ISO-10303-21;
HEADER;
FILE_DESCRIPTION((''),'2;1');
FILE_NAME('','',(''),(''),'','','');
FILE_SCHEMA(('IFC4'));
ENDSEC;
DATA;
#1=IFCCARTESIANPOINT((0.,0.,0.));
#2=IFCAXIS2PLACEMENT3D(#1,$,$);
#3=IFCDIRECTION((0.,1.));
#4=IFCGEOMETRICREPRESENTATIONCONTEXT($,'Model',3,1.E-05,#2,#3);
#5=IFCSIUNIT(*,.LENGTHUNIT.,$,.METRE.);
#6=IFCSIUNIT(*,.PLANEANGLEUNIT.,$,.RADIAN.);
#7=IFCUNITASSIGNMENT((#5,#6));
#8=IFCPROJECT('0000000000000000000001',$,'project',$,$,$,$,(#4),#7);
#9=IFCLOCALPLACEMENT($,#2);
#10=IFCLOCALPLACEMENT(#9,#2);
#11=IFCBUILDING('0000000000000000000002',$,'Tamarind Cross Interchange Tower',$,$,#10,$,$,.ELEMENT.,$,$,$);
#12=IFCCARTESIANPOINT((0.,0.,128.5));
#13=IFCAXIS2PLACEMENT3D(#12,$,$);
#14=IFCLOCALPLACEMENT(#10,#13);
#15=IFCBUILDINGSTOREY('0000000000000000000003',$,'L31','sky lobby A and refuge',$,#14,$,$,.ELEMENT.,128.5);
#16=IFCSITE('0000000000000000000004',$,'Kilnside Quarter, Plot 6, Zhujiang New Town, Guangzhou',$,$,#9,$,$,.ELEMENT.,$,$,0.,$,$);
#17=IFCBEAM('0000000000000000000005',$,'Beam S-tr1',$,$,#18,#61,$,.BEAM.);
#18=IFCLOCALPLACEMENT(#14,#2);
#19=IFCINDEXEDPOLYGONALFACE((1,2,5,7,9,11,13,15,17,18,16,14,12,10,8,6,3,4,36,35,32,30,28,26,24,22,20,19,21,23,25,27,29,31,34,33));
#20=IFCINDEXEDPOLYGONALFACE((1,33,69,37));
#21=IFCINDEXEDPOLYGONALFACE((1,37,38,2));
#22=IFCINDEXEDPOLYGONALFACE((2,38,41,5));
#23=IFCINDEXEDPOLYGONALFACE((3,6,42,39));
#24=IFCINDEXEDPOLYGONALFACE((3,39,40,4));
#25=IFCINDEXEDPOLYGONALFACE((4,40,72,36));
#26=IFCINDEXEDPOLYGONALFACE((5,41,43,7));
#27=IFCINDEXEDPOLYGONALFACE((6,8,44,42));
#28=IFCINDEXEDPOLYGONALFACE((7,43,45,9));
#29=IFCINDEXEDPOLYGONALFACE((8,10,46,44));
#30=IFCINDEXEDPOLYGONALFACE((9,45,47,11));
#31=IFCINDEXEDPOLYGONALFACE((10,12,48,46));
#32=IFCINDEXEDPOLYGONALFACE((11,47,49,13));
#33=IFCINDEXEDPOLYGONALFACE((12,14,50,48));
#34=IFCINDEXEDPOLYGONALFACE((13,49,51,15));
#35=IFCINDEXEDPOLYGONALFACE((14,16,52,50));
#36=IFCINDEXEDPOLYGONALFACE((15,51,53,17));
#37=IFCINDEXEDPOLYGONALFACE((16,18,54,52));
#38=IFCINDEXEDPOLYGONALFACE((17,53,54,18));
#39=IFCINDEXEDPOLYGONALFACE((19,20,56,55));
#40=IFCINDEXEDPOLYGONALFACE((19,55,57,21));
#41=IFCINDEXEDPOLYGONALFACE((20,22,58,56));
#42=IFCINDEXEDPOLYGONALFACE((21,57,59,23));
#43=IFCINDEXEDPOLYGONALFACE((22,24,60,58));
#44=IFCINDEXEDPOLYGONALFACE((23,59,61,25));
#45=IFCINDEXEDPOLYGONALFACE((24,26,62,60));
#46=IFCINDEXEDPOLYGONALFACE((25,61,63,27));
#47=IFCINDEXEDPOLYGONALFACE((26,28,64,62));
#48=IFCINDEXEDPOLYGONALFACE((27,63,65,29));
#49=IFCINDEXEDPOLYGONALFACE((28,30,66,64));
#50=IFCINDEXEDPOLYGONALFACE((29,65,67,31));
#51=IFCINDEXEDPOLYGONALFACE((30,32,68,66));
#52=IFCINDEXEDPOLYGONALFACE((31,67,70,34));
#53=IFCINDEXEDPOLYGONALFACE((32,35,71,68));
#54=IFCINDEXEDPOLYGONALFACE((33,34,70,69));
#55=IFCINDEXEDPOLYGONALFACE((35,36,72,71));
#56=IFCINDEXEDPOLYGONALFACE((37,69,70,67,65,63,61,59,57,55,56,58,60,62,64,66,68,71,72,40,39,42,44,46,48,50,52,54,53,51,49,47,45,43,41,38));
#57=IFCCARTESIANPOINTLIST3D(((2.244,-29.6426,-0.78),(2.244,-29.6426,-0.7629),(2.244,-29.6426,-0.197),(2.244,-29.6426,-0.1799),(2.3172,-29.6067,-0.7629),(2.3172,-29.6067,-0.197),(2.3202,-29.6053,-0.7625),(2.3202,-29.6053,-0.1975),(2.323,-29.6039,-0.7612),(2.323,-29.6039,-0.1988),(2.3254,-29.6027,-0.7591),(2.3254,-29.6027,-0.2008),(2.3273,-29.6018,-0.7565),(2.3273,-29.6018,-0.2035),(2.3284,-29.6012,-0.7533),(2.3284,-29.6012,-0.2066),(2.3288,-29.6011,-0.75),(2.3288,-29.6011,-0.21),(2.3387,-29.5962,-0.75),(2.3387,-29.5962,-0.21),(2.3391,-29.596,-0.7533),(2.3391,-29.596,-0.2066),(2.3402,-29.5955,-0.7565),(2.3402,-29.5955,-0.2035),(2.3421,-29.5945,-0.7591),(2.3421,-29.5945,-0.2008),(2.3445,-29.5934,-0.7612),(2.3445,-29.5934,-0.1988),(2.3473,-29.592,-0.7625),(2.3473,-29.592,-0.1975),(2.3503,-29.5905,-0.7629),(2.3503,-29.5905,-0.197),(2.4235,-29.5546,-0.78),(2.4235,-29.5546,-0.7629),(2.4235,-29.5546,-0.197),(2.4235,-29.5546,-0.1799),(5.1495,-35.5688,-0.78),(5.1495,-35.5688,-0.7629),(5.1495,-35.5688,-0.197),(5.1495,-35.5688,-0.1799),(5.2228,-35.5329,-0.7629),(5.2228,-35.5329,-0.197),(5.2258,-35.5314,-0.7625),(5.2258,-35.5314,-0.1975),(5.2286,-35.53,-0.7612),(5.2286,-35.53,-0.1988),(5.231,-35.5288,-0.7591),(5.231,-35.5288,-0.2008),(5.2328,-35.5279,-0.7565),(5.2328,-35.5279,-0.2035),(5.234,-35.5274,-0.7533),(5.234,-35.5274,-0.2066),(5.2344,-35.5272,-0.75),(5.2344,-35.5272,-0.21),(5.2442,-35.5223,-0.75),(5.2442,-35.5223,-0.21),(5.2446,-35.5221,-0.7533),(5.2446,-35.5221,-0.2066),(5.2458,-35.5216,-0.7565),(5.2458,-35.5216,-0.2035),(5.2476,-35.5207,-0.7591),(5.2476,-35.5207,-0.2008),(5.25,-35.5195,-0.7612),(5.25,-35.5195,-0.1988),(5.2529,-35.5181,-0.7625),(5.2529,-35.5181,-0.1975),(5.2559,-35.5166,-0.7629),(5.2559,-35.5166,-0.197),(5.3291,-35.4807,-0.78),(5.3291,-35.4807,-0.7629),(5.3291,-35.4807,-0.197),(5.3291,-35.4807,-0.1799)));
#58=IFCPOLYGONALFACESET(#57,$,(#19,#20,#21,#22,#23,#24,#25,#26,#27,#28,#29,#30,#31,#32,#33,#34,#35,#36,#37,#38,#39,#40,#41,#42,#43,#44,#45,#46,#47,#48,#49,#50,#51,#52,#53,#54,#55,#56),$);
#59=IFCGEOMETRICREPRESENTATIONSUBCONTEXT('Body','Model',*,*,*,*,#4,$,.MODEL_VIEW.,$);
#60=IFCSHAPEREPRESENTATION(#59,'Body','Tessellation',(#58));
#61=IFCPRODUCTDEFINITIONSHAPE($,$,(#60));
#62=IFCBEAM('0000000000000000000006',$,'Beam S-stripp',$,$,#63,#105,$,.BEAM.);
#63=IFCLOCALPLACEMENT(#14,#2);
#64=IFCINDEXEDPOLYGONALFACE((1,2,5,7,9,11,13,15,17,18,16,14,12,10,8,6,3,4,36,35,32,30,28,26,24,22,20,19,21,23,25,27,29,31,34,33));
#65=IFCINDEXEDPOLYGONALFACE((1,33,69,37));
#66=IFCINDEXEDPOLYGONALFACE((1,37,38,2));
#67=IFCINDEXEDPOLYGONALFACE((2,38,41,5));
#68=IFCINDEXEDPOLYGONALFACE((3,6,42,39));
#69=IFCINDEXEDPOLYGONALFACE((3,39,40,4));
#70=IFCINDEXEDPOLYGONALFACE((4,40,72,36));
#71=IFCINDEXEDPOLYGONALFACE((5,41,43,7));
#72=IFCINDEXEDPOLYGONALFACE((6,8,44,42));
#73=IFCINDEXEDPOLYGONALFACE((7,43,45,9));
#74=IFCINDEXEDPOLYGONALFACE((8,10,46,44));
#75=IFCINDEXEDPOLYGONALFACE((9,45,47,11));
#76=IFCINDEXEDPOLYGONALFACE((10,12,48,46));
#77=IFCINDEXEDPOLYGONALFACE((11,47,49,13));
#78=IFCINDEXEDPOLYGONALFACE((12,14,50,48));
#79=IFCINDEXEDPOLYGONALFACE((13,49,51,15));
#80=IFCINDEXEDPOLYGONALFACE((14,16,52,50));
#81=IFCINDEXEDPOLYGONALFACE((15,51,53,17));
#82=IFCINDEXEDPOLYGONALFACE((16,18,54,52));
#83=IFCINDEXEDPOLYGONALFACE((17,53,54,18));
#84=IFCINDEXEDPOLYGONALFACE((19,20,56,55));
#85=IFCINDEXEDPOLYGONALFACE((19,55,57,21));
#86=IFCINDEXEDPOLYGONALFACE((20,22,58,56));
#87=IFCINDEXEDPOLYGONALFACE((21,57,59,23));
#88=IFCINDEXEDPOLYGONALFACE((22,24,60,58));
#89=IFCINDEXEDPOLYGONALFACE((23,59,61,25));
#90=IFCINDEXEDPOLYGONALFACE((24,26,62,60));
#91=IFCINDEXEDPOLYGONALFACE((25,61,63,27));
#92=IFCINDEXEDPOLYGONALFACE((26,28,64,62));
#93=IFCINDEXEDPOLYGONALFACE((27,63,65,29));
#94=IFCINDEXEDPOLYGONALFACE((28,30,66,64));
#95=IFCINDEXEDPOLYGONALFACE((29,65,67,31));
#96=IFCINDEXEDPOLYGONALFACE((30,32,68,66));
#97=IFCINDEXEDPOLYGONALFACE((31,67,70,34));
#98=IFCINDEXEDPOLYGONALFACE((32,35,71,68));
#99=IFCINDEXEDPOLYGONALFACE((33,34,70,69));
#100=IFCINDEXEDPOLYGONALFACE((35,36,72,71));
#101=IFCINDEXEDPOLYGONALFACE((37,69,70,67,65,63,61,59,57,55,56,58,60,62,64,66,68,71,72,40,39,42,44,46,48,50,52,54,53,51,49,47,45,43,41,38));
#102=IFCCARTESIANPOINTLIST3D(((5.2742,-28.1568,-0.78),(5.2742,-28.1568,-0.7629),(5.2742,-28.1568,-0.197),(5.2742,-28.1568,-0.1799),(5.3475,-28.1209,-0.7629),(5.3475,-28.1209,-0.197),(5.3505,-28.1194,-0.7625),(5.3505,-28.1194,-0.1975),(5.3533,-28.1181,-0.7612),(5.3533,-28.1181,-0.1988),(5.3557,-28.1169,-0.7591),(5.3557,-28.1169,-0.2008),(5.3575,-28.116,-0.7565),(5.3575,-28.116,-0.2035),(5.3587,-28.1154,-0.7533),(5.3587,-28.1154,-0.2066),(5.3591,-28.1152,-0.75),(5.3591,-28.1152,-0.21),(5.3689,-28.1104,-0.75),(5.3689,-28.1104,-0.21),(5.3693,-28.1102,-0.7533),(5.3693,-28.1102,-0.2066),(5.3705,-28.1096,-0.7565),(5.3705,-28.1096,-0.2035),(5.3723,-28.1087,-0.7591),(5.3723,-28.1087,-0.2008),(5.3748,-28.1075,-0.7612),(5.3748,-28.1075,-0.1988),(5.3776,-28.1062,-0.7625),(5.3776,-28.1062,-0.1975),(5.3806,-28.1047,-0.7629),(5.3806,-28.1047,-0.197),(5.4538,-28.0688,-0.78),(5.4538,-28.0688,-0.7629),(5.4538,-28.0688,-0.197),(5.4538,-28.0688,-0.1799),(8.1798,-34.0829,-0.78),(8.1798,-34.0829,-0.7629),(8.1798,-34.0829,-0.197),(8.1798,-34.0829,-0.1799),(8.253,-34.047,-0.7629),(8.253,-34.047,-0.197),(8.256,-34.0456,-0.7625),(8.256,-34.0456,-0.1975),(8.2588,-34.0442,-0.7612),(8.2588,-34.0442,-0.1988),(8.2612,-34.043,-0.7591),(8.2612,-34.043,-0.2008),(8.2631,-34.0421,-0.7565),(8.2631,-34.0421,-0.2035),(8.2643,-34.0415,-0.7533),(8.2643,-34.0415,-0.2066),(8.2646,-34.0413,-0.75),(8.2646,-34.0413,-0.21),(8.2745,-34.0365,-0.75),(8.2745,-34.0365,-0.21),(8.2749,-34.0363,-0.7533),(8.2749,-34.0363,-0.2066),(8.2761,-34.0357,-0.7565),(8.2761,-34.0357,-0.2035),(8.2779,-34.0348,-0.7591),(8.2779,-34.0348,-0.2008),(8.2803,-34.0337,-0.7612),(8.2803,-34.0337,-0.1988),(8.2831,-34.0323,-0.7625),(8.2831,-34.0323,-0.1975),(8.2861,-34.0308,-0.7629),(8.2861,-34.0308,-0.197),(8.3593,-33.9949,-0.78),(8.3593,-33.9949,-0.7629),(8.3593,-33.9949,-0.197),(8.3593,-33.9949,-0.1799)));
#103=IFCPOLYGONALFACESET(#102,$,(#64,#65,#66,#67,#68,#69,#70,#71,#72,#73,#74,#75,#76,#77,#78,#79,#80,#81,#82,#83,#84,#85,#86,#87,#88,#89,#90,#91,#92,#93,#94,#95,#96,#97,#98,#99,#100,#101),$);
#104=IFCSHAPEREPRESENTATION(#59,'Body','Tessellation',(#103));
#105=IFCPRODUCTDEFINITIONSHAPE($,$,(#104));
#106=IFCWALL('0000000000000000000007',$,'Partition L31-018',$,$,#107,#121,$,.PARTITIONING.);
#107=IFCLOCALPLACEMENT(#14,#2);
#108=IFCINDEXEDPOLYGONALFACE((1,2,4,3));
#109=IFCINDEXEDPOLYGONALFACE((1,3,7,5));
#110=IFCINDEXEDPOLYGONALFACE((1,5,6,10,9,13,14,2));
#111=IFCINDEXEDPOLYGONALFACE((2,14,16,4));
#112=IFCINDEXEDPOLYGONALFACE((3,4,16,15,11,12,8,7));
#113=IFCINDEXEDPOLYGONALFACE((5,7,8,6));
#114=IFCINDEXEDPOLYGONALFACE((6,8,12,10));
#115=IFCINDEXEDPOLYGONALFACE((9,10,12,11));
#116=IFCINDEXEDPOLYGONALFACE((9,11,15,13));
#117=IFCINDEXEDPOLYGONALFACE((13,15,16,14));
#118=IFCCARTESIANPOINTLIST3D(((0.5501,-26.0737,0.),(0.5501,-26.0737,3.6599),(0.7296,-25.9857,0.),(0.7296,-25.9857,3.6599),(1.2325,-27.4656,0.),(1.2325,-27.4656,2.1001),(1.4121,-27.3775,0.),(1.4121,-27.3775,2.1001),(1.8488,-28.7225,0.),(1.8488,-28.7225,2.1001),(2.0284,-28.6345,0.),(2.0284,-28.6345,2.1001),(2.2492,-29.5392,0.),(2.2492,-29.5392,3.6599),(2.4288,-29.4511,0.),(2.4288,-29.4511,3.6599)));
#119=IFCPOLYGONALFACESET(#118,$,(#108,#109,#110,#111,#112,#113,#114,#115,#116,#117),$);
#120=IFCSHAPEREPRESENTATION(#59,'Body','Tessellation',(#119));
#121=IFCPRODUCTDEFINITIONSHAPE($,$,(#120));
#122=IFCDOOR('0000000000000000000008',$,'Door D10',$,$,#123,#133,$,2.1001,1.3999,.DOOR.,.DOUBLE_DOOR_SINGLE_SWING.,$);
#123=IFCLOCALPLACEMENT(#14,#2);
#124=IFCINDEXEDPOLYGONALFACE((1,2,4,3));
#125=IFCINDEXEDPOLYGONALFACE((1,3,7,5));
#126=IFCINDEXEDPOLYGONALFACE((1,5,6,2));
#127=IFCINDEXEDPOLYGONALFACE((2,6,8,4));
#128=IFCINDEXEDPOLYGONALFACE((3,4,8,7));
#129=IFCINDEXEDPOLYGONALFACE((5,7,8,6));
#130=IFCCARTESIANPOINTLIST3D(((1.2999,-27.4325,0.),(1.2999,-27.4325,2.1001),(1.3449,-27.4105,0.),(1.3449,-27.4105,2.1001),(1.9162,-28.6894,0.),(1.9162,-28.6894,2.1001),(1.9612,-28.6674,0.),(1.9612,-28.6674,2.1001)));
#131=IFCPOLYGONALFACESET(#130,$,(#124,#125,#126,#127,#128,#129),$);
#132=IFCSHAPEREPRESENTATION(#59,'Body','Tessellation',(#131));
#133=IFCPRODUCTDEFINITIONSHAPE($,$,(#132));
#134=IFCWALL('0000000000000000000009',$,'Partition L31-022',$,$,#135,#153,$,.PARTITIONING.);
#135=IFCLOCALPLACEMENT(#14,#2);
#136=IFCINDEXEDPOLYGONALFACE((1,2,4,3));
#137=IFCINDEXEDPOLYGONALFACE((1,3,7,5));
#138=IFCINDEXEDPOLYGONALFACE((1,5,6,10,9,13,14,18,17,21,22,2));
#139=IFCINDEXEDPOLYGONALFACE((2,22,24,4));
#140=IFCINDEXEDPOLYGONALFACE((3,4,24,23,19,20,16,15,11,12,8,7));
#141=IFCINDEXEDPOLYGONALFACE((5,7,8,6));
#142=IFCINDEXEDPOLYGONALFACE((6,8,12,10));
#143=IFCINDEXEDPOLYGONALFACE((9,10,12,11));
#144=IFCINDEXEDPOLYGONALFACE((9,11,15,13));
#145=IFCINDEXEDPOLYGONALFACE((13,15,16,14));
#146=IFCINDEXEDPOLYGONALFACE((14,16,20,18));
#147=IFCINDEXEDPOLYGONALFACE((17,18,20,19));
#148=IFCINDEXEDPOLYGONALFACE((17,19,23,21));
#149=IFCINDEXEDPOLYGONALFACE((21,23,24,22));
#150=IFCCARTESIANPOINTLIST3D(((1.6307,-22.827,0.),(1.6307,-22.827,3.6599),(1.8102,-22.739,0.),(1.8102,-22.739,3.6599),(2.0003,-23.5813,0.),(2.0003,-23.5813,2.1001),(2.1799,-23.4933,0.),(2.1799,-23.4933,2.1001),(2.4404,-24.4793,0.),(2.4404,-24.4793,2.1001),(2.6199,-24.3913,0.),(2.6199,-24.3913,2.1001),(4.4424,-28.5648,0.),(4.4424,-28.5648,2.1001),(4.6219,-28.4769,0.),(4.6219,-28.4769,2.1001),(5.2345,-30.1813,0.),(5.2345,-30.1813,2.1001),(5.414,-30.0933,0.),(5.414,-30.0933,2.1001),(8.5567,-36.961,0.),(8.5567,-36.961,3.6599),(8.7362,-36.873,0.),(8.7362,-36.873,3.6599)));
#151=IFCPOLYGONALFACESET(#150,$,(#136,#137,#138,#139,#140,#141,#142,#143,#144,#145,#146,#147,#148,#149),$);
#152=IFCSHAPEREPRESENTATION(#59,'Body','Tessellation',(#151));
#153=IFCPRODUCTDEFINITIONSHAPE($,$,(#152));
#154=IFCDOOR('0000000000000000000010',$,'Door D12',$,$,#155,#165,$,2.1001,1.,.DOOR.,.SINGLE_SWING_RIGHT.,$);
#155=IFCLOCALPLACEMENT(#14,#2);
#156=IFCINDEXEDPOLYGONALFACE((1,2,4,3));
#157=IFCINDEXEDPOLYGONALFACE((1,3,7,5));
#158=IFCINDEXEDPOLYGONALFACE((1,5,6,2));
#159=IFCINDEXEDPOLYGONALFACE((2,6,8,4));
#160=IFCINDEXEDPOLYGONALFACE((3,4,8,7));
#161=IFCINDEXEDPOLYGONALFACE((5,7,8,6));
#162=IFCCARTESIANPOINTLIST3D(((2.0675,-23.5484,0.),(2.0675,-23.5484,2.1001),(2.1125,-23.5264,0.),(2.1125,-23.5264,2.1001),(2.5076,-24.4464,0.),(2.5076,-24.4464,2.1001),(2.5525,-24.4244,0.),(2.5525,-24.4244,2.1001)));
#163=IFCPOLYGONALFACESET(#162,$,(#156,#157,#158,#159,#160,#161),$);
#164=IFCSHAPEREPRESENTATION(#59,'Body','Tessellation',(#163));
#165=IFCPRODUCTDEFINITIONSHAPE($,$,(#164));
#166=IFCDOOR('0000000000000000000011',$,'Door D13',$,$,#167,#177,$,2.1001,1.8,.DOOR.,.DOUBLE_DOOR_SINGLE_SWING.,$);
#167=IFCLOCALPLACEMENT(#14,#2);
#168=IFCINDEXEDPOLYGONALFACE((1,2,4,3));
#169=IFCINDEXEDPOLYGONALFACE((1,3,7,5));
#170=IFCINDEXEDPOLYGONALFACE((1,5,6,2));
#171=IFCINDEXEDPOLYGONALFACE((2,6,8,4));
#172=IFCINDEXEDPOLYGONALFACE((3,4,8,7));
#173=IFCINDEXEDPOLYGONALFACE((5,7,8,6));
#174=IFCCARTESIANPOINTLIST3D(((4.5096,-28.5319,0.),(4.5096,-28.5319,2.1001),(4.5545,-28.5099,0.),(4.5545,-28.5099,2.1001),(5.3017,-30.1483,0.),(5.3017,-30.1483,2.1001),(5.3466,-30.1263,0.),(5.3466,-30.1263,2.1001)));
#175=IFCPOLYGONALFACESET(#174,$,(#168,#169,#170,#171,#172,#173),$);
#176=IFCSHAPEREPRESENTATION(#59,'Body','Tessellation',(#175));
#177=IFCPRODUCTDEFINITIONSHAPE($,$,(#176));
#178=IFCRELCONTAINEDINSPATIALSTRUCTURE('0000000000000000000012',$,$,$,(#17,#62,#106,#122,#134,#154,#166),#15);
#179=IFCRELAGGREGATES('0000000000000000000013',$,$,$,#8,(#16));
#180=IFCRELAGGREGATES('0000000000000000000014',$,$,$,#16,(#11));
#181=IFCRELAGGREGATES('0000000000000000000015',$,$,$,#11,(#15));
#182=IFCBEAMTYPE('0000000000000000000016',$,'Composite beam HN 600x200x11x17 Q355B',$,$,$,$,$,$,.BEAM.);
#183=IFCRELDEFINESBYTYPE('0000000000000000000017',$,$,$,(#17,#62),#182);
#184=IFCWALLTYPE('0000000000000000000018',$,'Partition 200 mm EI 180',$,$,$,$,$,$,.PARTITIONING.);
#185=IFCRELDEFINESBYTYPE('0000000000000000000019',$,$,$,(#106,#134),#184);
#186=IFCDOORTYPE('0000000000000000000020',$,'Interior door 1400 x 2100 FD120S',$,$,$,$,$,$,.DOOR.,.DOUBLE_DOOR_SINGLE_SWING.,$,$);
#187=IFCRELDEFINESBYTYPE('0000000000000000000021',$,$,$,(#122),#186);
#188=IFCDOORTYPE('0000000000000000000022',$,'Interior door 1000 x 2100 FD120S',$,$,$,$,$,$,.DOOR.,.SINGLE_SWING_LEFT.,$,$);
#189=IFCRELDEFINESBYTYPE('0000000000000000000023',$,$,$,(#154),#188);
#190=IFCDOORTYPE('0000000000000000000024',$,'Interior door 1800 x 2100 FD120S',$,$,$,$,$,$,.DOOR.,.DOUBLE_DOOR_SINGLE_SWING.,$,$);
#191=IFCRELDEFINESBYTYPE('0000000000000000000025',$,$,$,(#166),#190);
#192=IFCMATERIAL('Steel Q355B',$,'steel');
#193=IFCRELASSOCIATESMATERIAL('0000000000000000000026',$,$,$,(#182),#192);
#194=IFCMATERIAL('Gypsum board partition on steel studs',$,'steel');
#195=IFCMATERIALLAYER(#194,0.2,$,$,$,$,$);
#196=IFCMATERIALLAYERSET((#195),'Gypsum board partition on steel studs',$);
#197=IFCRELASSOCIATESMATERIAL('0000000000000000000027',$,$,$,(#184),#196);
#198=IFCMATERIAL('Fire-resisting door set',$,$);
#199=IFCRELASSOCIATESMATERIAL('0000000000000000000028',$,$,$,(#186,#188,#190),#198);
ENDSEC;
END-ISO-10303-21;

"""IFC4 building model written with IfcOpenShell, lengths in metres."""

from ifc_helpers import new_model, si_unit, direction, frame, frame_2d, origin, origin_2d, place, context, subcontext, project, spatial, rectangle, i_section, extrude, material, layer, layer_set, material_profile, profile_set, type_object, element, fill, save


model = new_model("IFC4")

# Units and contexts
model_context = context("Model", 3, precision=1e-05, world=origin(), true_north=direction((0.0, 1.0)))
body_context = subcontext(model_context, "Body", "Model", "MODEL_VIEW")
ifc_project = project(units=[si_unit("LENGTHUNIT", "METRE"), si_unit("PLANEANGLEUNIT", "RADIAN")], contexts=[model_context])

# Site, building, storey
site_placement = place(None, origin())
site = spatial("IfcSite", under=ifc_project, at=site_placement, Name="Kilnside Quarter, Plot 6, Zhujiang New Town, Guangzhou", CompositionType="ELEMENT", RefElevation=0.0)
building_placement = place(site_placement, origin())
building = spatial("IfcBuilding", under=site, at=building_placement, Name="Tamarind Cross Interchange Tower", CompositionType="ELEMENT")
storey_placement = place(building_placement, frame((0.0, 0.0, 128.5)))
storey = spatial("IfcBuildingStorey", under=building, at=storey_placement, Name="L31", Description="sky lobby A and refuge", CompositionType="ELEMENT", Elevation=128.5)

# Beams
ifc_material_1 = material(Name="Steel Q355B", Category="steel")
ifc_material_profile_1 = material_profile(ifc_material_1, i_section(OverallWidth=0.2, OverallDepth=0.6001, WebThickness=0.011, FlangeThickness=0.0171, FilletRadius=0.0129, at=origin_2d()), Name="HN 600x200x11x17")
ifc_profile_set_1 = profile_set([ifc_material_profile_1], Name="Steel Q355B")
beam_type_1 = type_object("IfcBeamType", Name="Composite beam HN 600x200x11x17 Q355B", PredefinedType="BEAM", material=ifc_profile_set_1)
for number, where, z_axis, x_axis, name in (
    (1, (2.3337, -29.5986, -0.48), (0.440231, -0.897885, 0.0), (0.897885, 0.440231, 0.0), "Beam S-tr1"),
    (2, (5.364, -28.1128, -0.48), (0.440231, -0.897885, 0.0), (0.897885, 0.440231, 0.0), "Beam S-stripp"),
):
    element("IfcBeam", number, at=place(storey_placement, frame(where, z_axis=z_axis, x_axis=x_axis)), inside=storey, type_object=beam_type_1, Name=name, PredefinedType="BEAM", context=body_context, shape_type="SweptSolid", body=[
        extrude(i_section(OverallWidth=0.2, OverallDepth=0.6001, WebThickness=0.011, FlangeThickness=0.0171, FilletRadius=0.0129, at=origin_2d()), origin(), (0.0, 0.0, 1.0), 6.6001),
    ])

# Wall, opening, door
ifc_material_2 = material(Name="Gypsum board partition on steel studs", Category="steel")
ifc_layer_1 = layer(ifc_material_2, 0.2)
ifc_layer_set_1 = layer_set([ifc_layer_1], Name="Gypsum board partition on steel studs")
wall_type_1 = type_object("IfcWallType", Name="Partition 200 mm EI 180", PredefinedType="PARTITIONING", material=ifc_layer_set_1)
wall_1_placement = place(storey_placement, frame((0.6399, -26.0298, 0.0), z_axis=(0.0, 0.0, 1.0), x_axis=(0.440242, -0.897879, 0.0)))
wall_1 = element("IfcWall", 3, at=wall_1_placement, inside=storey, type_object=wall_type_1, Name="Partition L31-018", PredefinedType="PARTITIONING", context=body_context, shape_type="SweptSolid", body=[
    extrude(rectangle(XDim=3.8596, YDim=0.2, at=frame_2d((1.9297, 0.0))), origin(), (0.0, 0.0, 1.0), 3.6599),
])
opening_1_placement = place(wall_1_placement, frame((1.55, 0.0, 0.0)))
opening_1 = element("IfcOpeningElement", 4, at=opening_1_placement, cuts=wall_1, PredefinedType="OPENING", context=body_context, shape_type="SweptSolid", body=[
    extrude(rectangle(XDim=1.3999, YDim=2.1001, at=frame_2d((0.7, 1.05))), frame((0.0, 0.1099, 0.0), z_axis=(0.0, -1.0, 0.0), x_axis=(1.0, 0.0, 0.0)), (0.0, 0.0, 1.0), 0.22),
])
ifc_material_3 = material(Name="Fire-resisting door set")
door_type_1 = type_object("IfcDoorType", Name="Interior door 1400 x 2100 FD120S", OperationType="DOUBLE_DOOR_SINGLE_SWING", PredefinedType="DOOR", material=ifc_material_3)
door_1_placement = place(opening_1_placement, frame((1.3999, 0.0, 0.0), z_axis=(0.0, 0.0, 1.0), x_axis=(-1.0, 0.0, 0.0)))
door_1 = element("IfcDoor", 5, at=door_1_placement, inside=storey, type_object=door_type_1, Name="Door D10", OperationType="DOUBLE_DOOR_SINGLE_SWING", OverallHeight=2.1001, OverallWidth=1.3999, PredefinedType="DOOR", context=body_context, shape_type="SweptSolid", body=[
    extrude(rectangle(XDim=1.3999, YDim=2.1001, at=frame_2d((0.7, 1.05))), frame((0.0, 0.0249, 0.0), z_axis=(0.0, -1.0, 0.0), x_axis=(1.0, 0.0, 0.0)), (0.0, 0.0, 1.0), 0.05),
])
fill(opening_1, door_1)

# Wall, openings, doors
wall_2_placement = place(storey_placement, frame((1.7205, -22.783, 0.0), z_axis=(0.0, 0.0, 1.0), x_axis=(0.440033, -0.897982, 0.0)))
wall_2 = element("IfcWall", 6, at=wall_2_placement, inside=storey, type_object=wall_type_1, Name="Partition L31-022", PredefinedType="PARTITIONING", context=body_context, shape_type="SweptSolid", body=[
    extrude(rectangle(XDim=15.7397, YDim=0.2, at=frame_2d((7.8699, 0.0))), origin(), (0.0, 0.0, 1.0), 3.6599),
])
opening_2_placement = place(wall_2_placement, frame((0.8401, 0.0, 0.0)))
opening_2 = element("IfcOpeningElement", 7, at=opening_2_placement, cuts=wall_2, PredefinedType="OPENING", context=body_context, shape_type="SweptSolid", body=[
    extrude(rectangle(XDim=1.0, YDim=2.1001, at=frame_2d((0.5, 1.05))), frame((0.0, 0.1099, 0.0), z_axis=(0.0, -1.0, 0.0), x_axis=(1.0, 0.0, 0.0)), (0.0, 0.0, 1.0), 0.22),
])
opening_3_placement = place(wall_2_placement, frame((6.3899, 0.0, 0.0)))
opening_3 = element("IfcOpeningElement", 8, at=opening_3_placement, cuts=wall_2, PredefinedType="OPENING", context=body_context, shape_type="SweptSolid", body=[
    extrude(rectangle(XDim=1.8, YDim=2.1001, at=frame_2d((0.8999, 1.05))), frame((0.0, 0.1099, 0.0), z_axis=(0.0, -1.0, 0.0), x_axis=(1.0, 0.0, 0.0)), (0.0, 0.0, 1.0), 0.22),
])
door_type_2 = type_object("IfcDoorType", Name="Interior door 1000 x 2100 FD120S", OperationType="SINGLE_SWING_LEFT", PredefinedType="DOOR", material=ifc_material_3)
door_2_placement = place(opening_2_placement, origin())
door_2 = element("IfcDoor", 9, at=door_2_placement, inside=storey, type_object=door_type_2, Name="Door D12", OperationType="SINGLE_SWING_RIGHT", OverallHeight=2.1001, OverallWidth=1.0, PredefinedType="DOOR", context=body_context, shape_type="SweptSolid", body=[
    extrude(rectangle(XDim=1.0, YDim=2.1001, at=frame_2d((0.5, 1.05))), frame((0.0, 0.0249, 0.0), z_axis=(0.0, -1.0, 0.0), x_axis=(1.0, 0.0, 0.0)), (0.0, 0.0, 1.0), 0.05),
])
fill(opening_2, door_2)
door_type_3 = type_object("IfcDoorType", Name="Interior door 1800 x 2100 FD120S", OperationType="DOUBLE_DOOR_SINGLE_SWING", PredefinedType="DOOR", material=ifc_material_3)
door_3_placement = place(opening_3_placement, origin())
door_3 = element("IfcDoor", 10, at=door_3_placement, inside=storey, type_object=door_type_3, Name="Door D13", OperationType="DOUBLE_DOOR_SINGLE_SWING", OverallHeight=2.1001, OverallWidth=1.8, PredefinedType="DOOR", context=body_context, shape_type="SweptSolid", body=[
    extrude(rectangle(XDim=1.8, YDim=2.1001, at=frame_2d((0.8999, 1.05))), frame((0.0, 0.0249, 0.0), z_axis=(0.0, -1.0, 0.0), x_axis=(1.0, 0.0, 0.0)), (0.0, 0.0, 1.0), 0.05),
])
fill(opening_3, door_3)

save(model, "model.ifc")
